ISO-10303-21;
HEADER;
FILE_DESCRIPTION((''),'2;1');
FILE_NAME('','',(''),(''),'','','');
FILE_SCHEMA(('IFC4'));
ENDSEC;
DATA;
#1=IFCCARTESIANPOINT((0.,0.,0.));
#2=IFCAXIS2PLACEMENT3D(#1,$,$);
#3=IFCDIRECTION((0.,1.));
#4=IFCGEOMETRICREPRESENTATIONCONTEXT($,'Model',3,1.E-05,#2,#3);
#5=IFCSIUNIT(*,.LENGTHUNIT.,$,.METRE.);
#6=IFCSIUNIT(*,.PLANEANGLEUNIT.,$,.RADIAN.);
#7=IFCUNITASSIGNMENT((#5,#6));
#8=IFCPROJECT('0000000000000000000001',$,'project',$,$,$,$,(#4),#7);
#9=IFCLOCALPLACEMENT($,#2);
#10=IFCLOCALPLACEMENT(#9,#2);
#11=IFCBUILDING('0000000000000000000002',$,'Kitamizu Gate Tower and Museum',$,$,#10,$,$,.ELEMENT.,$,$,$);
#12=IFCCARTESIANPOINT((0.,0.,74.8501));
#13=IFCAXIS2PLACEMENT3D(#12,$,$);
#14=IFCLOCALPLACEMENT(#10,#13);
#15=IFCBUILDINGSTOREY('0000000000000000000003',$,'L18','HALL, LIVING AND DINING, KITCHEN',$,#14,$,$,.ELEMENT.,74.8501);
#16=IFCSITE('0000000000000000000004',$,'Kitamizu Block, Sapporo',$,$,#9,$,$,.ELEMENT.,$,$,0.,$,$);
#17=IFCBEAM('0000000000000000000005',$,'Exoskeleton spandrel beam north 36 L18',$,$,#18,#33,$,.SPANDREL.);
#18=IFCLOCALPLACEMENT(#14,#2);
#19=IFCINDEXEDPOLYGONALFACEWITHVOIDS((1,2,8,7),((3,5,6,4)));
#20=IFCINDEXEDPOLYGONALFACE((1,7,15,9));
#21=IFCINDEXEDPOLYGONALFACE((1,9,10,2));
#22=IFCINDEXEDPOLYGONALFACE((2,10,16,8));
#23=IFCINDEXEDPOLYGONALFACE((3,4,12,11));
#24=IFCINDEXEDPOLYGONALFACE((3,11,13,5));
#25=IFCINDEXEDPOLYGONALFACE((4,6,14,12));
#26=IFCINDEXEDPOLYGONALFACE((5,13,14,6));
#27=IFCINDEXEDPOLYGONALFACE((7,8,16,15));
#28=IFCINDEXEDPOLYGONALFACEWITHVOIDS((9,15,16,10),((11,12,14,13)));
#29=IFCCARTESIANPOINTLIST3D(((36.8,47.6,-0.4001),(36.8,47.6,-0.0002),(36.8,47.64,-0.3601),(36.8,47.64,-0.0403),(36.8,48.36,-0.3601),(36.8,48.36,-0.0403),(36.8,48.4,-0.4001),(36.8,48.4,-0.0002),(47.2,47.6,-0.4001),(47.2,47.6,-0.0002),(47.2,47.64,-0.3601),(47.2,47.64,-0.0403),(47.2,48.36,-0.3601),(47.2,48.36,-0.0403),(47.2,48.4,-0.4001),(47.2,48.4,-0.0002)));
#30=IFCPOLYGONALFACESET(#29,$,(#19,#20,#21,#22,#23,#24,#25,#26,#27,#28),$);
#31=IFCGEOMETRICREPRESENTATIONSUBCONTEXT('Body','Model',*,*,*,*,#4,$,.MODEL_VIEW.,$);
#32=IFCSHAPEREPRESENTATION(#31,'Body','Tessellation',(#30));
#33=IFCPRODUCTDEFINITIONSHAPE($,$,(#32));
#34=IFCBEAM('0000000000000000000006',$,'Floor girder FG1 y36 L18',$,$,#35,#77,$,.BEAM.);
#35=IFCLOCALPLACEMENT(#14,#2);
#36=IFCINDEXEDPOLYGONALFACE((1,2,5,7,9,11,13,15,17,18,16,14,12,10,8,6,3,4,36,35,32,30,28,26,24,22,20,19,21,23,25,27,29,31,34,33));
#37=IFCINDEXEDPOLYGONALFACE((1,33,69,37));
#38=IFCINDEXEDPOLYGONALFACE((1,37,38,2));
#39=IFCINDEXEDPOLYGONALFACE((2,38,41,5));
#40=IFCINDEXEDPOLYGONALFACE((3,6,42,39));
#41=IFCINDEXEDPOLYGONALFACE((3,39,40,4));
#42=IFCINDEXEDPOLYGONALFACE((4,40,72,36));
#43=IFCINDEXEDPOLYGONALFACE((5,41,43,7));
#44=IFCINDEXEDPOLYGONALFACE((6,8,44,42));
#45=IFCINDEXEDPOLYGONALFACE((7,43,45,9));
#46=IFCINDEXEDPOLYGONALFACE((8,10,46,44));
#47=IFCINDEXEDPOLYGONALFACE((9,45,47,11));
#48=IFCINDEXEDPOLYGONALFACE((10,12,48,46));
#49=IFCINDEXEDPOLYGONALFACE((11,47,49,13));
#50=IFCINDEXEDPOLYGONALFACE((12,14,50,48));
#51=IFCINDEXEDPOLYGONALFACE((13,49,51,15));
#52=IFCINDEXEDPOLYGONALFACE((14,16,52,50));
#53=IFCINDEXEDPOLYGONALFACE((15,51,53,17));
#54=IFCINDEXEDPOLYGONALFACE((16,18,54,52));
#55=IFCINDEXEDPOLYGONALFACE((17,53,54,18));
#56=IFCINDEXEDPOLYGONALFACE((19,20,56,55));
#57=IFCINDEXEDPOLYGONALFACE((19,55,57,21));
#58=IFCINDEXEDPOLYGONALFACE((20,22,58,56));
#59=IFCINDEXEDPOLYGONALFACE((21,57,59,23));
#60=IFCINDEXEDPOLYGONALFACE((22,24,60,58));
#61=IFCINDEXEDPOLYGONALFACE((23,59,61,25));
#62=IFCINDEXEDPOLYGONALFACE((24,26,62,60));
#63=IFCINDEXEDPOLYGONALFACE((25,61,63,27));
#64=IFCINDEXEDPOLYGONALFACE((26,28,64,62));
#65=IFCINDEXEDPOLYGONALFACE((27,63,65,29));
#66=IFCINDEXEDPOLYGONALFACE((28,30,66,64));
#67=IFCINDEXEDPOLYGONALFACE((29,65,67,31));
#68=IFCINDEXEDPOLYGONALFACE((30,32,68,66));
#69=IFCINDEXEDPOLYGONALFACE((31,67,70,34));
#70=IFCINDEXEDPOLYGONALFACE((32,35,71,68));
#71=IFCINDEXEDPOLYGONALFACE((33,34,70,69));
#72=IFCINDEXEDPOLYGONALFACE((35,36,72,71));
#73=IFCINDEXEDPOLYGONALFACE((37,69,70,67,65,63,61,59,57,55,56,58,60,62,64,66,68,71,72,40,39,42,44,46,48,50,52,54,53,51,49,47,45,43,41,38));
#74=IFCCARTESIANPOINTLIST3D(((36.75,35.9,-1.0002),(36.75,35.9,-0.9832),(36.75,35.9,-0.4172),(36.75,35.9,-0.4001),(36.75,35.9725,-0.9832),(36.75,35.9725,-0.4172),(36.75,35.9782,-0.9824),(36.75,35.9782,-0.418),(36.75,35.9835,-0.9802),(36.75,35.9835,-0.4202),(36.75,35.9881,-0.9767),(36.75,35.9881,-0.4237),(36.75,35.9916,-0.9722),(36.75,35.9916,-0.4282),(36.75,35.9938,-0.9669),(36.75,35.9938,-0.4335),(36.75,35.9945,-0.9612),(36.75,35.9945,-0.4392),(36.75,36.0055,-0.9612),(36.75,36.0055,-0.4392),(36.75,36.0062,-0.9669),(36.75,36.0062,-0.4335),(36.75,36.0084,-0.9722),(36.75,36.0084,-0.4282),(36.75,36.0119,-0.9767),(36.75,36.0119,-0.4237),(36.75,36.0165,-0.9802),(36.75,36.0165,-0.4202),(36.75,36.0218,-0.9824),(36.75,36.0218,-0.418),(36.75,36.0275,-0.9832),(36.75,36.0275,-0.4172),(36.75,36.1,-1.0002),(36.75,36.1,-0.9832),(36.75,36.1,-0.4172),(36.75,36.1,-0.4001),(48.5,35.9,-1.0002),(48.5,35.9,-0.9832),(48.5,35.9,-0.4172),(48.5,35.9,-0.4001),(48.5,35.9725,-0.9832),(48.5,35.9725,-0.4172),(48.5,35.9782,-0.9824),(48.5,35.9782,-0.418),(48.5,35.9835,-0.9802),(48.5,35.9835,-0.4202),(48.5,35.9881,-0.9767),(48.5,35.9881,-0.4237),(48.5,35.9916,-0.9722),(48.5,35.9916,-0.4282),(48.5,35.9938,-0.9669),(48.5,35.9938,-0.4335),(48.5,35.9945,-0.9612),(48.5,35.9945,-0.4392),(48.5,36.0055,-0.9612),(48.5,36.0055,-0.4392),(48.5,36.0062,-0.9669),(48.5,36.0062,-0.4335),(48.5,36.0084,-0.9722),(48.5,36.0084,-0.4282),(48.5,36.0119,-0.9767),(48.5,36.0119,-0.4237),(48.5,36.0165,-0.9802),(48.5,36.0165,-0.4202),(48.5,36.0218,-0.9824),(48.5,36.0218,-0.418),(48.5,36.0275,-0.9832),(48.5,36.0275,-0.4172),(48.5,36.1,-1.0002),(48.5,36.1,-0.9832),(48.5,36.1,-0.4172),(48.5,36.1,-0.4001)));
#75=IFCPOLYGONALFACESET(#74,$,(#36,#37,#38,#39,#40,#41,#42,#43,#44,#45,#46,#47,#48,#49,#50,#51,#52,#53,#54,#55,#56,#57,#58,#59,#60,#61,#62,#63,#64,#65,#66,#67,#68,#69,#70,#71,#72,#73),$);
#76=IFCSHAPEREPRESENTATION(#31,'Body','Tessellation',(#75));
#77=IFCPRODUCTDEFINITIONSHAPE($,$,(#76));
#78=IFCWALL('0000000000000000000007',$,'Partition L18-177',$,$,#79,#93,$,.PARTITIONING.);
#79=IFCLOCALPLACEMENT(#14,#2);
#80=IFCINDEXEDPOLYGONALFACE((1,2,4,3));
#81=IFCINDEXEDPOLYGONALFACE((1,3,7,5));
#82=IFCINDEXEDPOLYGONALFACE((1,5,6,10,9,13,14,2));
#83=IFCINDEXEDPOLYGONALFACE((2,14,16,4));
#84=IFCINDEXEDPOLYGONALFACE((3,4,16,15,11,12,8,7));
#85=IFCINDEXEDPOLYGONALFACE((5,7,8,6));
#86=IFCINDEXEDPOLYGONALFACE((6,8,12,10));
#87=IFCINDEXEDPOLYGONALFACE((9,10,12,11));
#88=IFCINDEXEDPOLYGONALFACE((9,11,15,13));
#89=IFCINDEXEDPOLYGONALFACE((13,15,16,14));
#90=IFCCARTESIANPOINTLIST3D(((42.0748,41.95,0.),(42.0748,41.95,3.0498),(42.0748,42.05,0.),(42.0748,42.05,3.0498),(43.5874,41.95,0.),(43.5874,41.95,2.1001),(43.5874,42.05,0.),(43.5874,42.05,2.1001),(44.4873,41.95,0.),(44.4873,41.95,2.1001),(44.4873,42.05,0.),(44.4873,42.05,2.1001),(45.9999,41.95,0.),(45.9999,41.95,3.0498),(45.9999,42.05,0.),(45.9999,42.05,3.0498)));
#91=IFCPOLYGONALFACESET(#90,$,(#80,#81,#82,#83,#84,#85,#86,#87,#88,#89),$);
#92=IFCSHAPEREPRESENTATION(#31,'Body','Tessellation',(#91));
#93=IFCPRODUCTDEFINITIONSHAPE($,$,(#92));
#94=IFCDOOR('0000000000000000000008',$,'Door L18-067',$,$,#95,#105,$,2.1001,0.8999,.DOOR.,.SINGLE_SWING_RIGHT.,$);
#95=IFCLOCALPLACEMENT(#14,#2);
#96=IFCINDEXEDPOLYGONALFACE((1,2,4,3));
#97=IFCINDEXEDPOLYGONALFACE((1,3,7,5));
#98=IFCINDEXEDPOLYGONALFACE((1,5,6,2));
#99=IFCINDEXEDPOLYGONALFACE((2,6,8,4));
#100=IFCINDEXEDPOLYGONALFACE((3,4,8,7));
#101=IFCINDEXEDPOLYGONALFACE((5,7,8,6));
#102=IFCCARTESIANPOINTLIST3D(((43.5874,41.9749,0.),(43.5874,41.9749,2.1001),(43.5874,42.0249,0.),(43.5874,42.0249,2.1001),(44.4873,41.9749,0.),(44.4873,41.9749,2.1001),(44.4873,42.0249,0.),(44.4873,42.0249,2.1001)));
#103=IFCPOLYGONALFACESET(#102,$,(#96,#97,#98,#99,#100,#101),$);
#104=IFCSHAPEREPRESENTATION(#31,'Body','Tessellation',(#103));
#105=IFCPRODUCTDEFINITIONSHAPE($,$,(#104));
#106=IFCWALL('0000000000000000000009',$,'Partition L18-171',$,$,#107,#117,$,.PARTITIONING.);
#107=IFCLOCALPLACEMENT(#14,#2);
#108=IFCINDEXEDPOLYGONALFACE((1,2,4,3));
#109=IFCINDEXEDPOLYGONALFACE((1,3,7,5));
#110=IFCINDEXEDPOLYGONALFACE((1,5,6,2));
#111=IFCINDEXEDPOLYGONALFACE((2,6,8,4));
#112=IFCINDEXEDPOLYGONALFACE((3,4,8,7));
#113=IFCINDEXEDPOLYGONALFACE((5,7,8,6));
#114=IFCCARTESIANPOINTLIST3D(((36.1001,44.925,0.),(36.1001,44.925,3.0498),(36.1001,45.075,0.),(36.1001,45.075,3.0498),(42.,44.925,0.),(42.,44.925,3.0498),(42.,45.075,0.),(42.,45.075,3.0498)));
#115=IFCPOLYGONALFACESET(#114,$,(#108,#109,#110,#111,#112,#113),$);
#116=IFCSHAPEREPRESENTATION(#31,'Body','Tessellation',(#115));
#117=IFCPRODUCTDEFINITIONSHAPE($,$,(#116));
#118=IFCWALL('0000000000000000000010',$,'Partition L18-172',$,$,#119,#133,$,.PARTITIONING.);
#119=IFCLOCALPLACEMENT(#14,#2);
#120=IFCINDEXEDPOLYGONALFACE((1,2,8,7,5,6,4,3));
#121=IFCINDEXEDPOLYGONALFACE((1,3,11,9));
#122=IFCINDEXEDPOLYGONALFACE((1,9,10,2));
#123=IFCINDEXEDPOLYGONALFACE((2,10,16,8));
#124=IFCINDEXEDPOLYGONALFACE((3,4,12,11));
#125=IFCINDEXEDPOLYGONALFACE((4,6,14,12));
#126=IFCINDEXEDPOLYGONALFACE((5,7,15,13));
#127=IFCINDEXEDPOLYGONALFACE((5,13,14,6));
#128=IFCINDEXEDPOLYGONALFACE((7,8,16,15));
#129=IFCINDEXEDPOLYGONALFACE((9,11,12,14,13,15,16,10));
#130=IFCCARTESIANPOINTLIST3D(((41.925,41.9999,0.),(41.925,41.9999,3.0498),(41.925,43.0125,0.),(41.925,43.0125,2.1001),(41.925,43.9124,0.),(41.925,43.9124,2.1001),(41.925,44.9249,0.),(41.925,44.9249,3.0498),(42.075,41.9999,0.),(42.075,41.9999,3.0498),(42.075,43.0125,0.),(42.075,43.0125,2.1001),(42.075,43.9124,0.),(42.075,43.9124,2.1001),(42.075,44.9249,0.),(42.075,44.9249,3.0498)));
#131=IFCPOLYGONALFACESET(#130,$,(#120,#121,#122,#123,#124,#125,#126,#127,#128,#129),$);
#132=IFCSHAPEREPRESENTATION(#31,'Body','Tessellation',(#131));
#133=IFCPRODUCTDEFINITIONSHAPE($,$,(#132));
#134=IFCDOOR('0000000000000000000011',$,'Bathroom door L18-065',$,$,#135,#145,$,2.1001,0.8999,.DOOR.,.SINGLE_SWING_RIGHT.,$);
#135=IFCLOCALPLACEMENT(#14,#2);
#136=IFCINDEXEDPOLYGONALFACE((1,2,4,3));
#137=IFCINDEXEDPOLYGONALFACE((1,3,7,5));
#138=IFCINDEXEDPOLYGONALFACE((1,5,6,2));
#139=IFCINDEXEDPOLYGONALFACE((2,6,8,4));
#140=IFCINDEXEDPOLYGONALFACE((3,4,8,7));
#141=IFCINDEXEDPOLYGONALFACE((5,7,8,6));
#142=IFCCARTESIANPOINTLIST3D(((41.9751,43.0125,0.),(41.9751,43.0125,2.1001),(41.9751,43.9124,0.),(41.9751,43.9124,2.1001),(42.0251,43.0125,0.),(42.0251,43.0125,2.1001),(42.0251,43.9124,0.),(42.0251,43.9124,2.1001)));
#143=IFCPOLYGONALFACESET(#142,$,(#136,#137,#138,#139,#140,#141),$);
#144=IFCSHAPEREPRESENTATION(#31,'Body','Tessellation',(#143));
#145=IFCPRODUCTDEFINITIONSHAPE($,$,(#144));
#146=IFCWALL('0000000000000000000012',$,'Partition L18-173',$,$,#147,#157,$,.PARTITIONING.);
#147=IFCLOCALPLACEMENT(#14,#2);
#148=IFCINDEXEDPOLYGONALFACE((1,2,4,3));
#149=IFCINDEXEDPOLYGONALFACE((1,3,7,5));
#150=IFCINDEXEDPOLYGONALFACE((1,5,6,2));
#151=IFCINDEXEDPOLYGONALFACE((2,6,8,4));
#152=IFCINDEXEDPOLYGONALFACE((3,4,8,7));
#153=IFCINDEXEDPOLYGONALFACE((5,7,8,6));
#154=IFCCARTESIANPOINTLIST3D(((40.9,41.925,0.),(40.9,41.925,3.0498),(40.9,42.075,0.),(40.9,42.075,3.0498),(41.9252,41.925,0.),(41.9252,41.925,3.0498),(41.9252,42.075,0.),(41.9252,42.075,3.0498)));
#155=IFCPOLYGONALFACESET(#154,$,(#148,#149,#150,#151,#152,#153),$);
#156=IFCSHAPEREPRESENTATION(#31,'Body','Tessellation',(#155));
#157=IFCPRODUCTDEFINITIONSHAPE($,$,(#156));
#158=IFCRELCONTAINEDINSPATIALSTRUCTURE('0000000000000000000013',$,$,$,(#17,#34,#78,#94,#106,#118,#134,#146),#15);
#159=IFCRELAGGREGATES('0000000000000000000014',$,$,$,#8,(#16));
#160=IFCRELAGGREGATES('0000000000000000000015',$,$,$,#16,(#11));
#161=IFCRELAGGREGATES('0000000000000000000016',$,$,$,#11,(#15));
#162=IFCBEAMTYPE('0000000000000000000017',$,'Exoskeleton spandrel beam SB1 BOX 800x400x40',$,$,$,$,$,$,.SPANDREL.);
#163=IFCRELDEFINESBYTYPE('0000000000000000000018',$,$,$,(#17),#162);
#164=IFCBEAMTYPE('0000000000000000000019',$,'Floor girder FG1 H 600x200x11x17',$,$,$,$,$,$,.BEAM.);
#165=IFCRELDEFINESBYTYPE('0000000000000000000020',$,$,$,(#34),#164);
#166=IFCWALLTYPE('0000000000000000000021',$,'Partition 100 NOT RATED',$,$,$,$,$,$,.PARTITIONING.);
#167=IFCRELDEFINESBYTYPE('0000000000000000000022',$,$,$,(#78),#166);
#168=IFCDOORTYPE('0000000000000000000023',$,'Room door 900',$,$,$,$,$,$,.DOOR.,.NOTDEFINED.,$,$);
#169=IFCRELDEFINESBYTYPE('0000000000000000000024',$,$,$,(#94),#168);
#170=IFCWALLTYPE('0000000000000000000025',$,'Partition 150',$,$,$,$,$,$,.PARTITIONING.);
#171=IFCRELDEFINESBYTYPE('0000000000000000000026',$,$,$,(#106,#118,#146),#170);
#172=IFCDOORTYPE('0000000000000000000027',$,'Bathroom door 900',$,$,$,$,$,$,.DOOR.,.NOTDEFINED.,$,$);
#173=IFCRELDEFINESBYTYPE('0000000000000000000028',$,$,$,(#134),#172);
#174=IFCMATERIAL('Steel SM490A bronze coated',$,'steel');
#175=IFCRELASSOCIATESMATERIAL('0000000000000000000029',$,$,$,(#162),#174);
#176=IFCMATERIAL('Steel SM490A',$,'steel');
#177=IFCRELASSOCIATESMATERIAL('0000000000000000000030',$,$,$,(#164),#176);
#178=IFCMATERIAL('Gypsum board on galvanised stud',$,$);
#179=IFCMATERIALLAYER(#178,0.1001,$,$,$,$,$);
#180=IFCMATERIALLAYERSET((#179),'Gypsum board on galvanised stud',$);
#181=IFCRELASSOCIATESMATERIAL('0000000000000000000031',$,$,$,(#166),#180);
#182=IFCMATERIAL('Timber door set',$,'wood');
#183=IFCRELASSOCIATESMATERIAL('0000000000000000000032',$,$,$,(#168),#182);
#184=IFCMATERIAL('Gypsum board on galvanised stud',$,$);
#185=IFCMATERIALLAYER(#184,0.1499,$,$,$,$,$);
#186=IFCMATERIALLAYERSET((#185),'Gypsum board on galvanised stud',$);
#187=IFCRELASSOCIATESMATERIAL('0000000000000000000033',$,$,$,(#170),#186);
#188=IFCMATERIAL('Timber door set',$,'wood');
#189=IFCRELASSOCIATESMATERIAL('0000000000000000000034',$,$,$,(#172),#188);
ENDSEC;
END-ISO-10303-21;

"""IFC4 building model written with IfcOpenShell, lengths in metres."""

from ifc_helpers import new_model, si_unit, direction, frame, frame_2d, origin, origin_2d, place, context, subcontext, project, spatial, rectangle, hollow_rectangle, i_section, extrude, material, layer, layer_set, material_profile, profile_set, type_object, element, fill, save


model = new_model("IFC4")

# Units and contexts
model_context = context("Model", 3, precision=1e-05, world=origin(), true_north=direction((0.0, 1.0)))
body_context = subcontext(model_context, "Body", "Model", "MODEL_VIEW")
ifc_project = project(units=[si_unit("LENGTHUNIT", "METRE"), si_unit("PLANEANGLEUNIT", "RADIAN")], contexts=[model_context])

# Site, building, storey
site_placement = place(None, origin())
site = spatial("IfcSite", under=ifc_project, at=site_placement, Name="Kitamizu Block, Sapporo", CompositionType="ELEMENT", RefElevation=0.0)
building_placement = place(site_placement, origin())
building = spatial("IfcBuilding", under=site, at=building_placement, Name="Kitamizu Gate Tower and Museum", CompositionType="ELEMENT")
storey_placement = place(building_placement, frame((0.0, 0.0, 74.8501)))
storey = spatial("IfcBuildingStorey", under=building, at=storey_placement, Name="L18", Description="HALL, LIVING AND DINING, KITCHEN", CompositionType="ELEMENT", Elevation=74.8501)

# Beams
ifc_material_1 = material(Name="Steel SM490A bronze coated", Category="steel")
ifc_material_profile_1 = material_profile(ifc_material_1, hollow_rectangle(XDim=0.8, YDim=0.3999, WallThickness=0.04, at=origin_2d()), Name="BOX 800x400x40")
ifc_profile_set_1 = profile_set([ifc_material_profile_1], Name="Steel SM490A bronze coated")
beam_type_1 = type_object("IfcBeamType", Name="Exoskeleton spandrel beam SB1 BOX 800x400x40", PredefinedType="SPANDREL", material=ifc_profile_set_1)
beam_1_placement = place(storey_placement, frame((36.8, 48.0, -0.2002), z_axis=(1.0, 0.0, 0.0), x_axis=(0.0, 1.0, 0.0)))
element("IfcBeam", 1, at=beam_1_placement, inside=storey, type_object=beam_type_1, Name="Exoskeleton spandrel beam north 36 L18", PredefinedType="SPANDREL", context=body_context, shape_type="SweptSolid", body=[
    extrude(hollow_rectangle(XDim=0.8, YDim=0.3999, WallThickness=0.04, at=origin_2d()), origin(), (0.0, 0.0, 1.0), 10.3999),
])
ifc_material_2 = material(Name="Steel SM490A", Category="steel")
ifc_material_profile_2 = material_profile(ifc_material_2, i_section(OverallWidth=0.2, OverallDepth=0.6001, WebThickness=0.011, FlangeThickness=0.0171, FilletRadius=0.022, at=origin_2d()), Name="H-600x200x11x17")
ifc_profile_set_2 = profile_set([ifc_material_profile_2], Name="Steel SM490A")
beam_type_2 = type_object("IfcBeamType", Name="Floor girder FG1 H 600x200x11x17", PredefinedType="BEAM", material=ifc_profile_set_2)
beam_2_placement = place(storey_placement, frame((36.75, 36.0, -0.7002), z_axis=(1.0, 0.0, 0.0), x_axis=(0.0, 1.0, 0.0)))
element("IfcBeam", 2, at=beam_2_placement, inside=storey, type_object=beam_type_2, Name="Floor girder FG1 y36 L18", PredefinedType="BEAM", context=body_context, shape_type="SweptSolid", body=[
    extrude(i_section(OverallWidth=0.2, OverallDepth=0.6001, WebThickness=0.011, FlangeThickness=0.0171, FilletRadius=0.022, at=origin_2d()), origin(), (0.0, 0.0, 1.0), 11.75),
])

# Wall, opening, door
ifc_material_3 = material(Name="Gypsum board on galvanised stud")
ifc_layer_1 = layer(ifc_material_3, 0.1001)
ifc_layer_set_1 = layer_set([ifc_layer_1], Name="Gypsum board on galvanised stud")
wall_type_1 = type_object("IfcWallType", Name="Partition 100 NOT RATED", PredefinedType="PARTITIONING", material=ifc_layer_set_1)
wall_1_placement = place(storey_placement, frame((42.075, 42.0, 0.0), z_axis=(0.0, 0.0, 1.0), x_axis=(1.0, 0.0, 0.0)))
wall_1 = element("IfcWall", 3, at=wall_1_placement, inside=storey, type_object=wall_type_1, Name="Partition L18-177", PredefinedType="PARTITIONING", context=body_context, shape_type="SweptSolid", body=[
    extrude(rectangle(XDim=3.925, YDim=0.1001, at=frame_2d((1.9624, 0.0))), origin(), (0.0, 0.0, 1.0), 3.0498),
])
opening_1_placement = place(wall_1_placement, frame((1.5125, 0.0, 0.0)))
opening_1 = element("IfcOpeningElement", 4, at=opening_1_placement, cuts=wall_1, PredefinedType="OPENING", context=body_context, shape_type="SweptSolid", body=[
    extrude(rectangle(XDim=0.8999, YDim=2.1001, at=frame_2d((0.45, 1.05))), frame((0.0, 0.0601, 0.0), z_axis=(0.0, -1.0, 0.0), x_axis=(1.0, 0.0, 0.0)), (0.0, 0.0, 1.0), 0.1201),
])
ifc_material_4 = material(Name="Timber door set", Category="wood")
door_type_1 = type_object("IfcDoorType", Name="Room door 900", OperationType="NOTDEFINED", PredefinedType="DOOR", material=ifc_material_4)
door_1_placement = place(opening_1_placement, origin())
door_1 = element("IfcDoor", 5, at=door_1_placement, inside=storey, type_object=door_type_1, Name="Door L18-067", OperationType="SINGLE_SWING_RIGHT", OverallHeight=2.1001, OverallWidth=0.8999, PredefinedType="DOOR", context=body_context, shape_type="SweptSolid", body=[
    extrude(rectangle(XDim=0.8999, YDim=2.1001, at=frame_2d((0.45, 1.05))), frame((0.0, 0.0249, 0.0), z_axis=(0.0, -1.0, 0.0), x_axis=(1.0, 0.0, 0.0)), (0.0, 0.0, 1.0), 0.05),
])
fill(opening_1, door_1)

# Wall
ifc_material_5 = material(Name="Gypsum board on galvanised stud")
ifc_layer_2 = layer(ifc_material_5, 0.1499)
ifc_layer_set_2 = layer_set([ifc_layer_2], Name="Gypsum board on galvanised stud")
wall_type_2 = type_object("IfcWallType", Name="Partition 150", PredefinedType="PARTITIONING", material=ifc_layer_set_2)
wall_2_placement = place(storey_placement, frame((42.0, 45.0, 0.0), z_axis=(0.0, 0.0, 1.0), x_axis=(-1.0, 0.0, 0.0)))
element("IfcWall", 6, at=wall_2_placement, inside=storey, type_object=wall_type_2, Name="Partition L18-171", PredefinedType="PARTITIONING", context=body_context, shape_type="SweptSolid", body=[
    extrude(rectangle(XDim=5.8999, YDim=0.1499, at=frame_2d((2.95, 0.0))), origin(), (0.0, 0.0, 1.0), 3.0498),
])

# Wall, opening, door
wall_3_placement = place(storey_placement, frame((42.0, 42.0, 0.0), z_axis=(0.0, 0.0, 1.0), x_axis=(0.0, 1.0, 0.0)))
wall_3 = element("IfcWall", 7, at=wall_3_placement, inside=storey, type_object=wall_type_2, Name="Partition L18-172", PredefinedType="PARTITIONING", context=body_context, shape_type="SweptSolid", body=[
    extrude(rectangle(XDim=2.925, YDim=0.1499, at=frame_2d((1.4624, 0.0))), origin(), (0.0, 0.0, 1.0), 3.0498),
])
opening_2_placement = place(wall_3_placement, frame((1.0125, 0.0, 0.0)))
opening_2 = element("IfcOpeningElement", 8, at=opening_2_placement, cuts=wall_3, PredefinedType="OPENING", context=body_context, shape_type="SweptSolid", body=[
    extrude(rectangle(XDim=0.8999, YDim=2.1001, at=frame_2d((0.45, 1.05))), frame((0.0, 0.085, 0.0), z_axis=(0.0, -1.0, 0.0), x_axis=(1.0, 0.0, 0.0)), (0.0, 0.0, 1.0), 0.1699),
])
ifc_material_6 = material(Name="Timber door set", Category="wood")
door_type_2 = type_object("IfcDoorType", Name="Bathroom door 900", OperationType="NOTDEFINED", PredefinedType="DOOR", material=ifc_material_6)
door_2_placement = place(opening_2_placement, origin())
door_2 = element("IfcDoor", 9, at=door_2_placement, inside=storey, type_object=door_type_2, Name="Bathroom door L18-065", OperationType="SINGLE_SWING_RIGHT", OverallHeight=2.1001, OverallWidth=0.8999, PredefinedType="DOOR", context=body_context, shape_type="SweptSolid", body=[
    extrude(rectangle(XDim=0.8999, YDim=2.1001, at=frame_2d((0.45, 1.05))), frame((0.0, 0.0249, 0.0), z_axis=(0.0, -1.0, 0.0), x_axis=(1.0, 0.0, 0.0)), (0.0, 0.0, 1.0), 0.05),
])
fill(opening_2, door_2)

# Wall
wall_4_placement = place(storey_placement, frame((40.8999, 42.0, 0.0), z_axis=(0.0, 0.0, 1.0), x_axis=(1.0, 0.0, 0.0)))
element("IfcWall", 10, at=wall_4_placement, inside=storey, type_object=wall_type_2, Name="Partition L18-173", PredefinedType="PARTITIONING", context=body_context, shape_type="SweptSolid", body=[
    extrude(rectangle(XDim=1.0251, YDim=0.1499, at=frame_2d((0.5127, 0.0))), origin(), (0.0, 0.0, 1.0), 3.0498),
])

save(model, "model.ifc")
